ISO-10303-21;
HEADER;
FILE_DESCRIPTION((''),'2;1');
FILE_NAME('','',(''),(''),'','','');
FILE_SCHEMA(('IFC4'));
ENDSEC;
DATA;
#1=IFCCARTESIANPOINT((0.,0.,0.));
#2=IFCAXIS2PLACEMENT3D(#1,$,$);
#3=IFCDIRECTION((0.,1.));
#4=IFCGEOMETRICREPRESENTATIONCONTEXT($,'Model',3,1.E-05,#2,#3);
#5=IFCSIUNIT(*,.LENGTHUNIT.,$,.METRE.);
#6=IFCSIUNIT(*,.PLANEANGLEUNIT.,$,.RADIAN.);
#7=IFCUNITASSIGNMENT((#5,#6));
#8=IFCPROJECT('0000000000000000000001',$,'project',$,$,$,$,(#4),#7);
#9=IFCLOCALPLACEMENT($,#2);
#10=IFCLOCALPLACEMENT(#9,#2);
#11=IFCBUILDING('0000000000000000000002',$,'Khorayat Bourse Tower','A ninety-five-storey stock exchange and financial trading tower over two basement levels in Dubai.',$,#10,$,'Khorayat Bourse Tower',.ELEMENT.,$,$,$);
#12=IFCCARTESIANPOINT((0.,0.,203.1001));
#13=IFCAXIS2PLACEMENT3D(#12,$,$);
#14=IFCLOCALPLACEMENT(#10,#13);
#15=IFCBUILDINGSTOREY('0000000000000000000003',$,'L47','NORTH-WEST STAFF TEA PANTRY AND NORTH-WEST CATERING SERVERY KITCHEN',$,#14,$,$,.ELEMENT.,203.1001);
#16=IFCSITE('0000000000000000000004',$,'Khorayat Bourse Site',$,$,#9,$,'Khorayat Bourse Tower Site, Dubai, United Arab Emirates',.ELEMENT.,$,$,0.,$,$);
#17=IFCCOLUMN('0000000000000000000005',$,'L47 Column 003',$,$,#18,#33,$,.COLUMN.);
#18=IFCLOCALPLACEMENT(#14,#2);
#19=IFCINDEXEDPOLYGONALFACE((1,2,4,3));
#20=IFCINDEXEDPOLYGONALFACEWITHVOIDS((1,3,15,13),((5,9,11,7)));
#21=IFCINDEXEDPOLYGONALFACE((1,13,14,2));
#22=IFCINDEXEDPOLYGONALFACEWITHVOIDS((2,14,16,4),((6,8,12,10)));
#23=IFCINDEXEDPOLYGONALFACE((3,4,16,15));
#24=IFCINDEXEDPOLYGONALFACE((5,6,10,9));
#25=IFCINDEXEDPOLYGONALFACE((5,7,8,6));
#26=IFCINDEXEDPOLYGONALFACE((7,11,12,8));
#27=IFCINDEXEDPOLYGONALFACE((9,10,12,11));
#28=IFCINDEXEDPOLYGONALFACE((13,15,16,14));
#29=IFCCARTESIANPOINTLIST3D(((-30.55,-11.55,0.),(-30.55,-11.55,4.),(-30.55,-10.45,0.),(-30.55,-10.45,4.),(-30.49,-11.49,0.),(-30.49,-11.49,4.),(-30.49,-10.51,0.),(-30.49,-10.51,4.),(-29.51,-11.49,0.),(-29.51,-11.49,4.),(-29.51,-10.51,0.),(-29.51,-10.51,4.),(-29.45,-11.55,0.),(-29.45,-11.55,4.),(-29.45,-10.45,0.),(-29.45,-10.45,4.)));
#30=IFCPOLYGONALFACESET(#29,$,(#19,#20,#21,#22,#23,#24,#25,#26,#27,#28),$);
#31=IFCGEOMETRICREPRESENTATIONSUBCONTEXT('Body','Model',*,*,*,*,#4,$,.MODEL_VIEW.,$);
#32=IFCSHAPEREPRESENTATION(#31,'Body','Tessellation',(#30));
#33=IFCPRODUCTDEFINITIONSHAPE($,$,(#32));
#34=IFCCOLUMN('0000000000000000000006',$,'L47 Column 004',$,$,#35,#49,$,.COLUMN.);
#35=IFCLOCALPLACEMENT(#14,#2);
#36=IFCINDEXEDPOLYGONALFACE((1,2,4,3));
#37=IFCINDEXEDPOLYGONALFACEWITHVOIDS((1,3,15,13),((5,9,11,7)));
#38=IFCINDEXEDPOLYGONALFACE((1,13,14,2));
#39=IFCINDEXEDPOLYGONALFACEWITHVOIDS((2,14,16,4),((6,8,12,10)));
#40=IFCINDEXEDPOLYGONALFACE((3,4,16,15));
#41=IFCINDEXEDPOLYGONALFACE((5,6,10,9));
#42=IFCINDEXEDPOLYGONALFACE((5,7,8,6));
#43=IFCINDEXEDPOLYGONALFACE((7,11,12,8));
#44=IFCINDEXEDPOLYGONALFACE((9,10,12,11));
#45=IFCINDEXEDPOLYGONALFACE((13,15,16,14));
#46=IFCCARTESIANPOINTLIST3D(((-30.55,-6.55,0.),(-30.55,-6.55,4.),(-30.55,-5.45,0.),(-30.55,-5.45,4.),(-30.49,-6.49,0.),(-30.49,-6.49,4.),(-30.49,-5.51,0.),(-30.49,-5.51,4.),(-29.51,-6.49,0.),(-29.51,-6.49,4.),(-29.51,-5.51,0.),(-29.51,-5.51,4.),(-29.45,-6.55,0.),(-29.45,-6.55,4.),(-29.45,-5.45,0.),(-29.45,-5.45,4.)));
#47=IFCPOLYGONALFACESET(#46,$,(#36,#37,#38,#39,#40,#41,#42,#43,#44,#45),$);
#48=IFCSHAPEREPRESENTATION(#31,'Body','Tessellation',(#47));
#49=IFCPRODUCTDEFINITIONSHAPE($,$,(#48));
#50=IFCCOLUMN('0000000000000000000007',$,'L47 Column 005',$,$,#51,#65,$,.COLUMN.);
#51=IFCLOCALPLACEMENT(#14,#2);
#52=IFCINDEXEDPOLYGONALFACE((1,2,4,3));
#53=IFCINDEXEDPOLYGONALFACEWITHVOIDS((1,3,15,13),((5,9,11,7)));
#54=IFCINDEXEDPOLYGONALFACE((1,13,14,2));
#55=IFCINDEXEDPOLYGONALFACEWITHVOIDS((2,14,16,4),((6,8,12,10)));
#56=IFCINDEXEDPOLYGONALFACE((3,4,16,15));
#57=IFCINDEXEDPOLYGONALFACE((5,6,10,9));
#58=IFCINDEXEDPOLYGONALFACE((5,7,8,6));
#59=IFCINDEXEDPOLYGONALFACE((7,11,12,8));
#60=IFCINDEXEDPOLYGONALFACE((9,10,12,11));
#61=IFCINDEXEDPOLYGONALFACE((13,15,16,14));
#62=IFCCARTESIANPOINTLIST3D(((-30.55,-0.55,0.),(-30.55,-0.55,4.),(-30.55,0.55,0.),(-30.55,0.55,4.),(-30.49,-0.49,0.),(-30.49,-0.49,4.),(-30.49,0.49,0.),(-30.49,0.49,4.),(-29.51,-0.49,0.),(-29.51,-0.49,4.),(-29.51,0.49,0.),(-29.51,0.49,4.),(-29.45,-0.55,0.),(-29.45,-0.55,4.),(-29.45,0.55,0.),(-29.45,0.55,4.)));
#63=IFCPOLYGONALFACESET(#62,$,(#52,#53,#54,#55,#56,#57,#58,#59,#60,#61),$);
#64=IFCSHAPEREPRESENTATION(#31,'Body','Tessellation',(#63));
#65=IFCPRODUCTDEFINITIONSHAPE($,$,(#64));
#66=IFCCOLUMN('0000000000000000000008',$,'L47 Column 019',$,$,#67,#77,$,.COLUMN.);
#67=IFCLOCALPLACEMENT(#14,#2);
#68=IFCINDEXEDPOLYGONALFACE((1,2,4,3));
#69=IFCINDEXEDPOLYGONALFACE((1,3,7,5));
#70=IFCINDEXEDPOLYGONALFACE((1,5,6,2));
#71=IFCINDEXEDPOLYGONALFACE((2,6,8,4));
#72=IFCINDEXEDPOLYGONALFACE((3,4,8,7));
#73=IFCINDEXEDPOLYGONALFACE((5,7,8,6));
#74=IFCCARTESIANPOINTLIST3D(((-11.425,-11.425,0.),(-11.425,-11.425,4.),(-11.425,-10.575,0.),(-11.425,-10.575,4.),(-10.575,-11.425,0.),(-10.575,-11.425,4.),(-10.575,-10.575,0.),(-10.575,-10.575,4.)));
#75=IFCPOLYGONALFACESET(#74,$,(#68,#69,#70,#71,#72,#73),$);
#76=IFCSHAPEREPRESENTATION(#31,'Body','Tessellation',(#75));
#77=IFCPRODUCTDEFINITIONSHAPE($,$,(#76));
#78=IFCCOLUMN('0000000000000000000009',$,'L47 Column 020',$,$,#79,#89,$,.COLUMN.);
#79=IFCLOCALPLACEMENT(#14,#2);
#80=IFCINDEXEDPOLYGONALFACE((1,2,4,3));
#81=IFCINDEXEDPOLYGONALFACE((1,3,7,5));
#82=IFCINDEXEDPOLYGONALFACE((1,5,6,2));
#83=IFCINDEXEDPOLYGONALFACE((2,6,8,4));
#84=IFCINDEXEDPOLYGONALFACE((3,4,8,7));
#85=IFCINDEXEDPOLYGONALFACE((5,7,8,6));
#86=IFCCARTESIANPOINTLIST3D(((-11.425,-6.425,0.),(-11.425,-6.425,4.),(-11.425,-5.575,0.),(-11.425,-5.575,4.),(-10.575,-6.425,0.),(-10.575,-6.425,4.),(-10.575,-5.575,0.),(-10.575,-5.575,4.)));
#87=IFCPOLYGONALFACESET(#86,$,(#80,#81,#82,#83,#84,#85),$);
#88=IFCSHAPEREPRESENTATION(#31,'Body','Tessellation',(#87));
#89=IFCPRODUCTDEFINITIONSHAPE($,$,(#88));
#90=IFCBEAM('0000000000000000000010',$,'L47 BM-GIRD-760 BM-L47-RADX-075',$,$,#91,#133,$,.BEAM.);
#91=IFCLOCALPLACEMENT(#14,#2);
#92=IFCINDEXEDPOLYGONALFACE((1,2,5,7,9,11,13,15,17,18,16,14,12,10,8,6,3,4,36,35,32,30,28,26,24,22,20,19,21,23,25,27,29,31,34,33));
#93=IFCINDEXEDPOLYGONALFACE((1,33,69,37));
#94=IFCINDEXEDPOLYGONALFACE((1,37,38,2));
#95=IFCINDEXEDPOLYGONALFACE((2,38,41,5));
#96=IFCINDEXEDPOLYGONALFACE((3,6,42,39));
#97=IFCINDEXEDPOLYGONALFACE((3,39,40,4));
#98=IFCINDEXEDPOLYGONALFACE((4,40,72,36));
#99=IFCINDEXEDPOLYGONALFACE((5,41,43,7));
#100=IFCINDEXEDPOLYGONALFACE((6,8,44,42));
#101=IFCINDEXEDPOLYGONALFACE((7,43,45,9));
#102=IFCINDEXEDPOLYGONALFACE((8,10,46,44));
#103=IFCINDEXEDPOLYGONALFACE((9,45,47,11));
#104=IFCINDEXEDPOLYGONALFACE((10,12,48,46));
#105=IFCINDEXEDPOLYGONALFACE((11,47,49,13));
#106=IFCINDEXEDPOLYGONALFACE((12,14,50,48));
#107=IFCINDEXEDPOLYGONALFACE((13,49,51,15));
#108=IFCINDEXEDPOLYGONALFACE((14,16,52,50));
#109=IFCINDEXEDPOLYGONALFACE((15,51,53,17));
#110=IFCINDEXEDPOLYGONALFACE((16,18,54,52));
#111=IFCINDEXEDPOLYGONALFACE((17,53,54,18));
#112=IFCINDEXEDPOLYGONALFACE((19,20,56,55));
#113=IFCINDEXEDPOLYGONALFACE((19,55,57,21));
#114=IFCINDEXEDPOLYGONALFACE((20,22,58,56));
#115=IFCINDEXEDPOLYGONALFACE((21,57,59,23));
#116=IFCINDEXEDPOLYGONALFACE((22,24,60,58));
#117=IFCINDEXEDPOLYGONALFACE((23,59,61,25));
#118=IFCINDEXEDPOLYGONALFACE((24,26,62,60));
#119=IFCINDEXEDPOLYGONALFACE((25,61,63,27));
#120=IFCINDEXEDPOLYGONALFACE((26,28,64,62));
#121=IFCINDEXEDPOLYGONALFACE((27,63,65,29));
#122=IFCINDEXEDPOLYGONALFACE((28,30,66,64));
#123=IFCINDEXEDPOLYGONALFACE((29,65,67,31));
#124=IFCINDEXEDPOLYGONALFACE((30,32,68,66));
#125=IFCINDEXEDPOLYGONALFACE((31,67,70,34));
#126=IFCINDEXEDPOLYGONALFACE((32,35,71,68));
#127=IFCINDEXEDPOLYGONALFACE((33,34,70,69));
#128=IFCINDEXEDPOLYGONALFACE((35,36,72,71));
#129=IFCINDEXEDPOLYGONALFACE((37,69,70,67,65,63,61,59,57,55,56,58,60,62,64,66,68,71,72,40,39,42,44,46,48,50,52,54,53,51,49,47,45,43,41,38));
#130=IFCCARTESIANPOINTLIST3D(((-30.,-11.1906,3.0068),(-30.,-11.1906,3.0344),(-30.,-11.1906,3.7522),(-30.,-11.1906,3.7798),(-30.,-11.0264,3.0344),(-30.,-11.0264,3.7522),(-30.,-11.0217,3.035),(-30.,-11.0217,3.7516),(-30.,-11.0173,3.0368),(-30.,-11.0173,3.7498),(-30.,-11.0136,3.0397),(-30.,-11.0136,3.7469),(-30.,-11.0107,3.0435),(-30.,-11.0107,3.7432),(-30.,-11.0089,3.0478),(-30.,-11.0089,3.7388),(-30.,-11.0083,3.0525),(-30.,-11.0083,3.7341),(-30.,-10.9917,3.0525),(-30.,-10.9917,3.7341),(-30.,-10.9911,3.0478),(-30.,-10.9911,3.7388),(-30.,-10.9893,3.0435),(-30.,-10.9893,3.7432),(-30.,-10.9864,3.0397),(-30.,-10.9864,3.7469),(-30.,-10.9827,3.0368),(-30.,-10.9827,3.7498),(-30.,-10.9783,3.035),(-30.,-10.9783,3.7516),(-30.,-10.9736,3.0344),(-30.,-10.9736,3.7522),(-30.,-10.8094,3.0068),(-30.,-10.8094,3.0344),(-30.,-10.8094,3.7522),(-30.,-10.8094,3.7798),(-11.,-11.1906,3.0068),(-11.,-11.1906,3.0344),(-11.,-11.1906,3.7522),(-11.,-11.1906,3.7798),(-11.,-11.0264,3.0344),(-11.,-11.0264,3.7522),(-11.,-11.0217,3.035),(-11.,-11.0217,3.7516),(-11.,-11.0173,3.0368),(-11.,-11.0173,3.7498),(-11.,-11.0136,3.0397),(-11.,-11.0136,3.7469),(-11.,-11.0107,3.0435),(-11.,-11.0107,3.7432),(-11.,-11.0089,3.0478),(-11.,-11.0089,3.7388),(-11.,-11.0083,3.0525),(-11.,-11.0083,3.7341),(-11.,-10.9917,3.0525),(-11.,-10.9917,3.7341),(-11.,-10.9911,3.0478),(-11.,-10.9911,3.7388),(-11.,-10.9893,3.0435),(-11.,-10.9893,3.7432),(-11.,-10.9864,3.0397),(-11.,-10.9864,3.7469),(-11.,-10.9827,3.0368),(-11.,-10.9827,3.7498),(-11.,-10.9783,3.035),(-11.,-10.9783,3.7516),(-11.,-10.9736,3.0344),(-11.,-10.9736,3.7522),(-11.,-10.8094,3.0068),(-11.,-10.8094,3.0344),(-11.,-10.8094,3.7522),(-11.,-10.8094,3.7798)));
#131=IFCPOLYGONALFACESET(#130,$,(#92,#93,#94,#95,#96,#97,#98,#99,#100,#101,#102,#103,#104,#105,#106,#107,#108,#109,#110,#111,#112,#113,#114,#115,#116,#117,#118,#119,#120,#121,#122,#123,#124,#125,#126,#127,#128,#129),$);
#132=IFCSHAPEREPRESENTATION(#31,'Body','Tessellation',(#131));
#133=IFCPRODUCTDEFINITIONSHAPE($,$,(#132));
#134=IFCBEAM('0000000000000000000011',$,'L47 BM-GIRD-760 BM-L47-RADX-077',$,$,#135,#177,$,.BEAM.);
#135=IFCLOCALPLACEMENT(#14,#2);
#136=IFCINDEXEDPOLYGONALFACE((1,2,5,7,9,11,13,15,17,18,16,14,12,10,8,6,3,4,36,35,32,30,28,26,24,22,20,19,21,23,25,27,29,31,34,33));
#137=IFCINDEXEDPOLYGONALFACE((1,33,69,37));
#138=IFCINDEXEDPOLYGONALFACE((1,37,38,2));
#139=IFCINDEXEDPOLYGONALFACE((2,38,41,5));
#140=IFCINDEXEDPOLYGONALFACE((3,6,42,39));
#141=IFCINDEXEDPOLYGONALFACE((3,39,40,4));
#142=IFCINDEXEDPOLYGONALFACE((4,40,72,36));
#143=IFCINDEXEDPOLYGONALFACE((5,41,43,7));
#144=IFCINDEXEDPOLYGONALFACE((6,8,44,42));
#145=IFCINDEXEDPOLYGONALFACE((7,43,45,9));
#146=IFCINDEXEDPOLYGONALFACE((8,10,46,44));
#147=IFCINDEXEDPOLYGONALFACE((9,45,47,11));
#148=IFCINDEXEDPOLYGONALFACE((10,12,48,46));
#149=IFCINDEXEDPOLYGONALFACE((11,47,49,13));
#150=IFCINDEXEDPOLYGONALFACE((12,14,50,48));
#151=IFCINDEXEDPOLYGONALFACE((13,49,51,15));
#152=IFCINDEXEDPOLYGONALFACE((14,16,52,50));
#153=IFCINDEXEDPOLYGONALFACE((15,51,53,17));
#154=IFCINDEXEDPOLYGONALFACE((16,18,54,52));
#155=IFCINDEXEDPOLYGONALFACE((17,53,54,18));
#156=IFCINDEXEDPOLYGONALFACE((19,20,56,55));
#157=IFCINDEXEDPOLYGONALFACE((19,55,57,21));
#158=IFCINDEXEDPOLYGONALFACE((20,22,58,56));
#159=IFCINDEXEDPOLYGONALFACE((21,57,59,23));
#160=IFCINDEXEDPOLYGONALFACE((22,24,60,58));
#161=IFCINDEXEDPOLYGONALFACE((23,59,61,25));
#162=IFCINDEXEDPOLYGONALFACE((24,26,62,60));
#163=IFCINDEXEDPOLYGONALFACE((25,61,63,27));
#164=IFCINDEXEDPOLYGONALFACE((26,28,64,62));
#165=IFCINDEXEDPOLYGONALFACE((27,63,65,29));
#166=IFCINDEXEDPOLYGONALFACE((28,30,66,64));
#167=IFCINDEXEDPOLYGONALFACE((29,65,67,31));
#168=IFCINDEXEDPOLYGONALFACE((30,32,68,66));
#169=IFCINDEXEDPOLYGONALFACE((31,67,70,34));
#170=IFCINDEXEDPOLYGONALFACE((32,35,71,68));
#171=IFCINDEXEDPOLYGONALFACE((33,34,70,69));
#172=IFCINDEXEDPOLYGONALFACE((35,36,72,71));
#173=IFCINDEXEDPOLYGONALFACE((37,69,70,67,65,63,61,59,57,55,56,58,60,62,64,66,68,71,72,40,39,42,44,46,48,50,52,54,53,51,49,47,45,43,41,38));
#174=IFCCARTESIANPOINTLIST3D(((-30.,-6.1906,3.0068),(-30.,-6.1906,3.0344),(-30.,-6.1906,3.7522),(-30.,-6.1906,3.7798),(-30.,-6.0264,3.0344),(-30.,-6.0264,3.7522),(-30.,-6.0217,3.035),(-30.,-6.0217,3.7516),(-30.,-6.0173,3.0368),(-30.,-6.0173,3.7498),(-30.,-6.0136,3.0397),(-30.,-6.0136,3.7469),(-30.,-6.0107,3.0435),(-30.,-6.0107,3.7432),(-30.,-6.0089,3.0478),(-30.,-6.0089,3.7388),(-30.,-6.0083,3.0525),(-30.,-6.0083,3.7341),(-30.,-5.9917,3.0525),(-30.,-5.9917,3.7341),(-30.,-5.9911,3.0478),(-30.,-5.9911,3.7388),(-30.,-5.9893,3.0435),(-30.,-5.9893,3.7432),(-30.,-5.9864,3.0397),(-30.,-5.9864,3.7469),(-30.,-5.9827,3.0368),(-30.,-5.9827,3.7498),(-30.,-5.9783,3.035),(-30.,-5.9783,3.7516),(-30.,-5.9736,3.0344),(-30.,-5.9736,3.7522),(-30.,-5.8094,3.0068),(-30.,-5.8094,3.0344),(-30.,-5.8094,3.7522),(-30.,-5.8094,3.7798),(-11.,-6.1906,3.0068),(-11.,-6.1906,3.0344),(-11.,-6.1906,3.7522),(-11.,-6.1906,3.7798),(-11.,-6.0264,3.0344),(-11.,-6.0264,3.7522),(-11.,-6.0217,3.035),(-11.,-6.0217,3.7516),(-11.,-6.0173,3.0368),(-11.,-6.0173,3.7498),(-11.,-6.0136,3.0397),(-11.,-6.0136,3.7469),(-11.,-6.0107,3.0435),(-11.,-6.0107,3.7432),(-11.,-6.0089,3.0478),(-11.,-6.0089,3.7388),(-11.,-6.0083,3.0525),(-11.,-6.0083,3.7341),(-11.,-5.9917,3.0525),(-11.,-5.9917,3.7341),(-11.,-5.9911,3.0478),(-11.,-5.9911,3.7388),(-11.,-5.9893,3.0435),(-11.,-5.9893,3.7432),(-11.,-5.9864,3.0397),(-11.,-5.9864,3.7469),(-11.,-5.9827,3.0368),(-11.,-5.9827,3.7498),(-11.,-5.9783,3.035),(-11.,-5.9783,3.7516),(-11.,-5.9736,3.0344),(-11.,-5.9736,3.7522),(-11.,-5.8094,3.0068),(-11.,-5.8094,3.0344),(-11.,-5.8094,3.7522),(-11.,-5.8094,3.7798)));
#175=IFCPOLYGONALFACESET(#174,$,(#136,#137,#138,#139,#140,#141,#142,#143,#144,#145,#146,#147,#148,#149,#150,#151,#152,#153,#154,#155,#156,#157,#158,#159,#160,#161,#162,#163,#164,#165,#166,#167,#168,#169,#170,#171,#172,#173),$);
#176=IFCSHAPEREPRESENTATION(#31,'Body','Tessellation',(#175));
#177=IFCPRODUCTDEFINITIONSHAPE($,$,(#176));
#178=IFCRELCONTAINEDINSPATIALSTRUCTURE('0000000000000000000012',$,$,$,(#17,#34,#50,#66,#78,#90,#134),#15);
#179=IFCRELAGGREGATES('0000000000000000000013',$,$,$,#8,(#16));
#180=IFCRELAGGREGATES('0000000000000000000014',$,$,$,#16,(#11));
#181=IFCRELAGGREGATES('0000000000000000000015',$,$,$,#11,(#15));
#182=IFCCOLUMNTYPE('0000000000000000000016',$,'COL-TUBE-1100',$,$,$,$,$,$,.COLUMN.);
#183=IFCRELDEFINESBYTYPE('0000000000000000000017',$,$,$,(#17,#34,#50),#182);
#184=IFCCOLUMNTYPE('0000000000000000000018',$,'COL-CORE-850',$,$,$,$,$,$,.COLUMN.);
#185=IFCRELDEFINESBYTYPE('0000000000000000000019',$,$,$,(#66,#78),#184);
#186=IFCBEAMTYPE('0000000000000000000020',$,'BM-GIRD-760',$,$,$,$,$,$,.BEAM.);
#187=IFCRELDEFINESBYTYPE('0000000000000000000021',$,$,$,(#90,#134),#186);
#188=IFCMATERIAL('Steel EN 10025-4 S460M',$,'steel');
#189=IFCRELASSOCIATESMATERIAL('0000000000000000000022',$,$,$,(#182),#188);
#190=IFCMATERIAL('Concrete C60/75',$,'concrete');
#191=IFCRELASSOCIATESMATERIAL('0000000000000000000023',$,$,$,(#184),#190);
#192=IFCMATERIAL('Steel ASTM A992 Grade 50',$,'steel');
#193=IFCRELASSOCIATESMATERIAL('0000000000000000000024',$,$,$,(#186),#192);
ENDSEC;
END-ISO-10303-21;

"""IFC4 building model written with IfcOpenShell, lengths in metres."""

from ifc_helpers import new_model, si_unit, direction, frame, origin, origin_2d, place, context, subcontext, project, spatial, rectangle, hollow_rectangle, i_section, extrude, source, transform, mapped, material, material_profile, profile_set, type_object, element, save


model = new_model("IFC4")

# Units and contexts
model_context = context("Model", 3, precision=1e-05, world=origin(), true_north=direction((0.0, 1.0)))
body_context = subcontext(model_context, "Body", "Model", "MODEL_VIEW")
ifc_project = project(units=[si_unit("LENGTHUNIT", "METRE"), si_unit("PLANEANGLEUNIT", "RADIAN")], contexts=[model_context])

# Site, building, storey
site_placement = place(None, origin())
site = spatial("IfcSite", under=ifc_project, at=site_placement, Name="Khorayat Bourse Site", LongName="Khorayat Bourse Tower Site, Dubai, United Arab Emirates", CompositionType="ELEMENT", RefElevation=0.0)
building_placement = place(site_placement, origin())
building = spatial("IfcBuilding", under=site, at=building_placement, Name="Khorayat Bourse Tower", Description="A ninety-five-storey stock exchange and financial trading tower over two basement levels in Dubai.", LongName="Khorayat Bourse Tower", CompositionType="ELEMENT")
storey_placement = place(building_placement, frame((0.0, 0.0, 203.1001)))
storey = spatial("IfcBuildingStorey", under=building, at=storey_placement, Name="L47", Description="NORTH-WEST STAFF TEA PANTRY AND NORTH-WEST CATERING SERVERY KITCHEN", CompositionType="ELEMENT", Elevation=203.1001)

# Columns
ifc_material_1 = material(Name="Steel EN 10025-4 S460M", Category="steel")
ifc_material_profile_1 = material_profile(ifc_material_1, hollow_rectangle(XDim=1.1001, YDim=1.1001, WallThickness=0.0601, at=origin_2d()), Name="BOX 1100x1100x60")
ifc_profile_set_1 = profile_set([ifc_material_profile_1], Name="Steel EN 10025-4 S460M")
column_type_1 = type_object("IfcColumnType", Name="COL-TUBE-1100", PredefinedType="COLUMN", material=ifc_profile_set_1)
shared_shape_1 = source(origin(), body_context, "Body", "SweptSolid", [
    extrude(hollow_rectangle(XDim=1.1001, YDim=1.1001, WallThickness=0.0601, at=origin_2d()), origin(), (0.0, 0.0, 1.0), 4.0),
])
for number, where, z_axis, x_axis, name in (
    (1, (-30.0, -11.0, 0.0), (0.0, 0.0, 1.0), (1.0, 0.0, 0.0), "L47 Column 003"),
    (2, (-30.0, -6.0, 0.0), (0.0, 0.0, 1.0), (1.0, 0.0, 0.0), "L47 Column 004"),
    (3, (-30.0, 0.0, 0.0), (0.0, 0.0, 1.0), (1.0, 0.0, 0.0), "L47 Column 005"),
):
    element("IfcColumn", number, at=place(storey_placement, frame(where, z_axis=z_axis, x_axis=x_axis)), inside=storey, type_object=column_type_1, Name=name, PredefinedType="COLUMN", context=body_context, shape_type="MappedRepresentation", body=[
        mapped(shared_shape_1, transform((0.0, 0.0, 0.0), scale=1.0)),
    ])
ifc_material_2 = material(Name="Concrete C60/75", Category="concrete")
ifc_material_profile_2 = material_profile(ifc_material_2, rectangle(XDim=0.8501, YDim=0.8501, at=origin_2d()), Name="RC 850x850")
ifc_profile_set_2 = profile_set([ifc_material_profile_2], Name="Concrete C60/75")
column_type_2 = type_object("IfcColumnType", Name="COL-CORE-850", PredefinedType="COLUMN", material=ifc_profile_set_2)
shared_shape_2 = source(origin(), body_context, "Body", "SweptSolid", [
    extrude(rectangle(XDim=0.8501, YDim=0.8501, at=origin_2d()), origin(), (0.0, 0.0, 1.0), 4.0),
])
for number, where, z_axis, x_axis, name in (
    (4, (-11.0, -11.0, 0.0), (0.0, 0.0, 1.0), (1.0, 0.0, 0.0), "L47 Column 019"),
    (5, (-11.0, -6.0, 0.0), (0.0, 0.0, 1.0), (1.0, 0.0, 0.0), "L47 Column 020"),
):
    element("IfcColumn", number, at=place(storey_placement, frame(where, z_axis=z_axis, x_axis=x_axis)), inside=storey, type_object=column_type_2, Name=name, PredefinedType="COLUMN", context=body_context, shape_type="MappedRepresentation", body=[
        mapped(shared_shape_2, transform((0.0, 0.0, 0.0), scale=1.0)),
    ])

# Beams
ifc_material_3 = material(Name="Steel ASTM A992 Grade 50", Category="steel")
ifc_material_profile_3 = material_profile(ifc_material_3, i_section(OverallWidth=0.3811, OverallDepth=0.7729, WebThickness=0.0166, FlangeThickness=0.0276, FilletRadius=0.0181, at=origin_2d()), Name="W760X257")
ifc_profile_set_3 = profile_set([ifc_material_profile_3], Name="Steel ASTM A992 Grade 50")
beam_type_1 = type_object("IfcBeamType", Name="BM-GIRD-760", PredefinedType="BEAM", material=ifc_profile_set_3)
shared_shape_3 = source(origin(), body_context, "Body", "SweptSolid", [
    extrude(i_section(OverallWidth=0.3811, OverallDepth=0.7729, WebThickness=0.0166, FlangeThickness=0.0276, FilletRadius=0.0181, at=origin_2d()), origin(), (0.0, 0.0, 1.0), 19.0),
])
for number, where, z_axis, x_axis, name in (
    (6, (-30.0, -11.0, 3.3933), (1.0, 0.0, 0.0), (0.0, 1.0, 0.0), "L47 BM-GIRD-760 BM-L47-RADX-075"),
    (7, (-30.0, -6.0, 3.3933), (1.0, 0.0, 0.0), (0.0, 1.0, 0.0), "L47 BM-GIRD-760 BM-L47-RADX-077"),
):
    element("IfcBeam", number, at=place(storey_placement, frame(where, z_axis=z_axis, x_axis=x_axis)), inside=storey, type_object=beam_type_1, Name=name, PredefinedType="BEAM", context=body_context, shape_type="MappedRepresentation", body=[
        mapped(shared_shape_3, transform((0.0, 0.0, 0.0), scale=1.0)),
    ])

save(model, "model.ifc")
